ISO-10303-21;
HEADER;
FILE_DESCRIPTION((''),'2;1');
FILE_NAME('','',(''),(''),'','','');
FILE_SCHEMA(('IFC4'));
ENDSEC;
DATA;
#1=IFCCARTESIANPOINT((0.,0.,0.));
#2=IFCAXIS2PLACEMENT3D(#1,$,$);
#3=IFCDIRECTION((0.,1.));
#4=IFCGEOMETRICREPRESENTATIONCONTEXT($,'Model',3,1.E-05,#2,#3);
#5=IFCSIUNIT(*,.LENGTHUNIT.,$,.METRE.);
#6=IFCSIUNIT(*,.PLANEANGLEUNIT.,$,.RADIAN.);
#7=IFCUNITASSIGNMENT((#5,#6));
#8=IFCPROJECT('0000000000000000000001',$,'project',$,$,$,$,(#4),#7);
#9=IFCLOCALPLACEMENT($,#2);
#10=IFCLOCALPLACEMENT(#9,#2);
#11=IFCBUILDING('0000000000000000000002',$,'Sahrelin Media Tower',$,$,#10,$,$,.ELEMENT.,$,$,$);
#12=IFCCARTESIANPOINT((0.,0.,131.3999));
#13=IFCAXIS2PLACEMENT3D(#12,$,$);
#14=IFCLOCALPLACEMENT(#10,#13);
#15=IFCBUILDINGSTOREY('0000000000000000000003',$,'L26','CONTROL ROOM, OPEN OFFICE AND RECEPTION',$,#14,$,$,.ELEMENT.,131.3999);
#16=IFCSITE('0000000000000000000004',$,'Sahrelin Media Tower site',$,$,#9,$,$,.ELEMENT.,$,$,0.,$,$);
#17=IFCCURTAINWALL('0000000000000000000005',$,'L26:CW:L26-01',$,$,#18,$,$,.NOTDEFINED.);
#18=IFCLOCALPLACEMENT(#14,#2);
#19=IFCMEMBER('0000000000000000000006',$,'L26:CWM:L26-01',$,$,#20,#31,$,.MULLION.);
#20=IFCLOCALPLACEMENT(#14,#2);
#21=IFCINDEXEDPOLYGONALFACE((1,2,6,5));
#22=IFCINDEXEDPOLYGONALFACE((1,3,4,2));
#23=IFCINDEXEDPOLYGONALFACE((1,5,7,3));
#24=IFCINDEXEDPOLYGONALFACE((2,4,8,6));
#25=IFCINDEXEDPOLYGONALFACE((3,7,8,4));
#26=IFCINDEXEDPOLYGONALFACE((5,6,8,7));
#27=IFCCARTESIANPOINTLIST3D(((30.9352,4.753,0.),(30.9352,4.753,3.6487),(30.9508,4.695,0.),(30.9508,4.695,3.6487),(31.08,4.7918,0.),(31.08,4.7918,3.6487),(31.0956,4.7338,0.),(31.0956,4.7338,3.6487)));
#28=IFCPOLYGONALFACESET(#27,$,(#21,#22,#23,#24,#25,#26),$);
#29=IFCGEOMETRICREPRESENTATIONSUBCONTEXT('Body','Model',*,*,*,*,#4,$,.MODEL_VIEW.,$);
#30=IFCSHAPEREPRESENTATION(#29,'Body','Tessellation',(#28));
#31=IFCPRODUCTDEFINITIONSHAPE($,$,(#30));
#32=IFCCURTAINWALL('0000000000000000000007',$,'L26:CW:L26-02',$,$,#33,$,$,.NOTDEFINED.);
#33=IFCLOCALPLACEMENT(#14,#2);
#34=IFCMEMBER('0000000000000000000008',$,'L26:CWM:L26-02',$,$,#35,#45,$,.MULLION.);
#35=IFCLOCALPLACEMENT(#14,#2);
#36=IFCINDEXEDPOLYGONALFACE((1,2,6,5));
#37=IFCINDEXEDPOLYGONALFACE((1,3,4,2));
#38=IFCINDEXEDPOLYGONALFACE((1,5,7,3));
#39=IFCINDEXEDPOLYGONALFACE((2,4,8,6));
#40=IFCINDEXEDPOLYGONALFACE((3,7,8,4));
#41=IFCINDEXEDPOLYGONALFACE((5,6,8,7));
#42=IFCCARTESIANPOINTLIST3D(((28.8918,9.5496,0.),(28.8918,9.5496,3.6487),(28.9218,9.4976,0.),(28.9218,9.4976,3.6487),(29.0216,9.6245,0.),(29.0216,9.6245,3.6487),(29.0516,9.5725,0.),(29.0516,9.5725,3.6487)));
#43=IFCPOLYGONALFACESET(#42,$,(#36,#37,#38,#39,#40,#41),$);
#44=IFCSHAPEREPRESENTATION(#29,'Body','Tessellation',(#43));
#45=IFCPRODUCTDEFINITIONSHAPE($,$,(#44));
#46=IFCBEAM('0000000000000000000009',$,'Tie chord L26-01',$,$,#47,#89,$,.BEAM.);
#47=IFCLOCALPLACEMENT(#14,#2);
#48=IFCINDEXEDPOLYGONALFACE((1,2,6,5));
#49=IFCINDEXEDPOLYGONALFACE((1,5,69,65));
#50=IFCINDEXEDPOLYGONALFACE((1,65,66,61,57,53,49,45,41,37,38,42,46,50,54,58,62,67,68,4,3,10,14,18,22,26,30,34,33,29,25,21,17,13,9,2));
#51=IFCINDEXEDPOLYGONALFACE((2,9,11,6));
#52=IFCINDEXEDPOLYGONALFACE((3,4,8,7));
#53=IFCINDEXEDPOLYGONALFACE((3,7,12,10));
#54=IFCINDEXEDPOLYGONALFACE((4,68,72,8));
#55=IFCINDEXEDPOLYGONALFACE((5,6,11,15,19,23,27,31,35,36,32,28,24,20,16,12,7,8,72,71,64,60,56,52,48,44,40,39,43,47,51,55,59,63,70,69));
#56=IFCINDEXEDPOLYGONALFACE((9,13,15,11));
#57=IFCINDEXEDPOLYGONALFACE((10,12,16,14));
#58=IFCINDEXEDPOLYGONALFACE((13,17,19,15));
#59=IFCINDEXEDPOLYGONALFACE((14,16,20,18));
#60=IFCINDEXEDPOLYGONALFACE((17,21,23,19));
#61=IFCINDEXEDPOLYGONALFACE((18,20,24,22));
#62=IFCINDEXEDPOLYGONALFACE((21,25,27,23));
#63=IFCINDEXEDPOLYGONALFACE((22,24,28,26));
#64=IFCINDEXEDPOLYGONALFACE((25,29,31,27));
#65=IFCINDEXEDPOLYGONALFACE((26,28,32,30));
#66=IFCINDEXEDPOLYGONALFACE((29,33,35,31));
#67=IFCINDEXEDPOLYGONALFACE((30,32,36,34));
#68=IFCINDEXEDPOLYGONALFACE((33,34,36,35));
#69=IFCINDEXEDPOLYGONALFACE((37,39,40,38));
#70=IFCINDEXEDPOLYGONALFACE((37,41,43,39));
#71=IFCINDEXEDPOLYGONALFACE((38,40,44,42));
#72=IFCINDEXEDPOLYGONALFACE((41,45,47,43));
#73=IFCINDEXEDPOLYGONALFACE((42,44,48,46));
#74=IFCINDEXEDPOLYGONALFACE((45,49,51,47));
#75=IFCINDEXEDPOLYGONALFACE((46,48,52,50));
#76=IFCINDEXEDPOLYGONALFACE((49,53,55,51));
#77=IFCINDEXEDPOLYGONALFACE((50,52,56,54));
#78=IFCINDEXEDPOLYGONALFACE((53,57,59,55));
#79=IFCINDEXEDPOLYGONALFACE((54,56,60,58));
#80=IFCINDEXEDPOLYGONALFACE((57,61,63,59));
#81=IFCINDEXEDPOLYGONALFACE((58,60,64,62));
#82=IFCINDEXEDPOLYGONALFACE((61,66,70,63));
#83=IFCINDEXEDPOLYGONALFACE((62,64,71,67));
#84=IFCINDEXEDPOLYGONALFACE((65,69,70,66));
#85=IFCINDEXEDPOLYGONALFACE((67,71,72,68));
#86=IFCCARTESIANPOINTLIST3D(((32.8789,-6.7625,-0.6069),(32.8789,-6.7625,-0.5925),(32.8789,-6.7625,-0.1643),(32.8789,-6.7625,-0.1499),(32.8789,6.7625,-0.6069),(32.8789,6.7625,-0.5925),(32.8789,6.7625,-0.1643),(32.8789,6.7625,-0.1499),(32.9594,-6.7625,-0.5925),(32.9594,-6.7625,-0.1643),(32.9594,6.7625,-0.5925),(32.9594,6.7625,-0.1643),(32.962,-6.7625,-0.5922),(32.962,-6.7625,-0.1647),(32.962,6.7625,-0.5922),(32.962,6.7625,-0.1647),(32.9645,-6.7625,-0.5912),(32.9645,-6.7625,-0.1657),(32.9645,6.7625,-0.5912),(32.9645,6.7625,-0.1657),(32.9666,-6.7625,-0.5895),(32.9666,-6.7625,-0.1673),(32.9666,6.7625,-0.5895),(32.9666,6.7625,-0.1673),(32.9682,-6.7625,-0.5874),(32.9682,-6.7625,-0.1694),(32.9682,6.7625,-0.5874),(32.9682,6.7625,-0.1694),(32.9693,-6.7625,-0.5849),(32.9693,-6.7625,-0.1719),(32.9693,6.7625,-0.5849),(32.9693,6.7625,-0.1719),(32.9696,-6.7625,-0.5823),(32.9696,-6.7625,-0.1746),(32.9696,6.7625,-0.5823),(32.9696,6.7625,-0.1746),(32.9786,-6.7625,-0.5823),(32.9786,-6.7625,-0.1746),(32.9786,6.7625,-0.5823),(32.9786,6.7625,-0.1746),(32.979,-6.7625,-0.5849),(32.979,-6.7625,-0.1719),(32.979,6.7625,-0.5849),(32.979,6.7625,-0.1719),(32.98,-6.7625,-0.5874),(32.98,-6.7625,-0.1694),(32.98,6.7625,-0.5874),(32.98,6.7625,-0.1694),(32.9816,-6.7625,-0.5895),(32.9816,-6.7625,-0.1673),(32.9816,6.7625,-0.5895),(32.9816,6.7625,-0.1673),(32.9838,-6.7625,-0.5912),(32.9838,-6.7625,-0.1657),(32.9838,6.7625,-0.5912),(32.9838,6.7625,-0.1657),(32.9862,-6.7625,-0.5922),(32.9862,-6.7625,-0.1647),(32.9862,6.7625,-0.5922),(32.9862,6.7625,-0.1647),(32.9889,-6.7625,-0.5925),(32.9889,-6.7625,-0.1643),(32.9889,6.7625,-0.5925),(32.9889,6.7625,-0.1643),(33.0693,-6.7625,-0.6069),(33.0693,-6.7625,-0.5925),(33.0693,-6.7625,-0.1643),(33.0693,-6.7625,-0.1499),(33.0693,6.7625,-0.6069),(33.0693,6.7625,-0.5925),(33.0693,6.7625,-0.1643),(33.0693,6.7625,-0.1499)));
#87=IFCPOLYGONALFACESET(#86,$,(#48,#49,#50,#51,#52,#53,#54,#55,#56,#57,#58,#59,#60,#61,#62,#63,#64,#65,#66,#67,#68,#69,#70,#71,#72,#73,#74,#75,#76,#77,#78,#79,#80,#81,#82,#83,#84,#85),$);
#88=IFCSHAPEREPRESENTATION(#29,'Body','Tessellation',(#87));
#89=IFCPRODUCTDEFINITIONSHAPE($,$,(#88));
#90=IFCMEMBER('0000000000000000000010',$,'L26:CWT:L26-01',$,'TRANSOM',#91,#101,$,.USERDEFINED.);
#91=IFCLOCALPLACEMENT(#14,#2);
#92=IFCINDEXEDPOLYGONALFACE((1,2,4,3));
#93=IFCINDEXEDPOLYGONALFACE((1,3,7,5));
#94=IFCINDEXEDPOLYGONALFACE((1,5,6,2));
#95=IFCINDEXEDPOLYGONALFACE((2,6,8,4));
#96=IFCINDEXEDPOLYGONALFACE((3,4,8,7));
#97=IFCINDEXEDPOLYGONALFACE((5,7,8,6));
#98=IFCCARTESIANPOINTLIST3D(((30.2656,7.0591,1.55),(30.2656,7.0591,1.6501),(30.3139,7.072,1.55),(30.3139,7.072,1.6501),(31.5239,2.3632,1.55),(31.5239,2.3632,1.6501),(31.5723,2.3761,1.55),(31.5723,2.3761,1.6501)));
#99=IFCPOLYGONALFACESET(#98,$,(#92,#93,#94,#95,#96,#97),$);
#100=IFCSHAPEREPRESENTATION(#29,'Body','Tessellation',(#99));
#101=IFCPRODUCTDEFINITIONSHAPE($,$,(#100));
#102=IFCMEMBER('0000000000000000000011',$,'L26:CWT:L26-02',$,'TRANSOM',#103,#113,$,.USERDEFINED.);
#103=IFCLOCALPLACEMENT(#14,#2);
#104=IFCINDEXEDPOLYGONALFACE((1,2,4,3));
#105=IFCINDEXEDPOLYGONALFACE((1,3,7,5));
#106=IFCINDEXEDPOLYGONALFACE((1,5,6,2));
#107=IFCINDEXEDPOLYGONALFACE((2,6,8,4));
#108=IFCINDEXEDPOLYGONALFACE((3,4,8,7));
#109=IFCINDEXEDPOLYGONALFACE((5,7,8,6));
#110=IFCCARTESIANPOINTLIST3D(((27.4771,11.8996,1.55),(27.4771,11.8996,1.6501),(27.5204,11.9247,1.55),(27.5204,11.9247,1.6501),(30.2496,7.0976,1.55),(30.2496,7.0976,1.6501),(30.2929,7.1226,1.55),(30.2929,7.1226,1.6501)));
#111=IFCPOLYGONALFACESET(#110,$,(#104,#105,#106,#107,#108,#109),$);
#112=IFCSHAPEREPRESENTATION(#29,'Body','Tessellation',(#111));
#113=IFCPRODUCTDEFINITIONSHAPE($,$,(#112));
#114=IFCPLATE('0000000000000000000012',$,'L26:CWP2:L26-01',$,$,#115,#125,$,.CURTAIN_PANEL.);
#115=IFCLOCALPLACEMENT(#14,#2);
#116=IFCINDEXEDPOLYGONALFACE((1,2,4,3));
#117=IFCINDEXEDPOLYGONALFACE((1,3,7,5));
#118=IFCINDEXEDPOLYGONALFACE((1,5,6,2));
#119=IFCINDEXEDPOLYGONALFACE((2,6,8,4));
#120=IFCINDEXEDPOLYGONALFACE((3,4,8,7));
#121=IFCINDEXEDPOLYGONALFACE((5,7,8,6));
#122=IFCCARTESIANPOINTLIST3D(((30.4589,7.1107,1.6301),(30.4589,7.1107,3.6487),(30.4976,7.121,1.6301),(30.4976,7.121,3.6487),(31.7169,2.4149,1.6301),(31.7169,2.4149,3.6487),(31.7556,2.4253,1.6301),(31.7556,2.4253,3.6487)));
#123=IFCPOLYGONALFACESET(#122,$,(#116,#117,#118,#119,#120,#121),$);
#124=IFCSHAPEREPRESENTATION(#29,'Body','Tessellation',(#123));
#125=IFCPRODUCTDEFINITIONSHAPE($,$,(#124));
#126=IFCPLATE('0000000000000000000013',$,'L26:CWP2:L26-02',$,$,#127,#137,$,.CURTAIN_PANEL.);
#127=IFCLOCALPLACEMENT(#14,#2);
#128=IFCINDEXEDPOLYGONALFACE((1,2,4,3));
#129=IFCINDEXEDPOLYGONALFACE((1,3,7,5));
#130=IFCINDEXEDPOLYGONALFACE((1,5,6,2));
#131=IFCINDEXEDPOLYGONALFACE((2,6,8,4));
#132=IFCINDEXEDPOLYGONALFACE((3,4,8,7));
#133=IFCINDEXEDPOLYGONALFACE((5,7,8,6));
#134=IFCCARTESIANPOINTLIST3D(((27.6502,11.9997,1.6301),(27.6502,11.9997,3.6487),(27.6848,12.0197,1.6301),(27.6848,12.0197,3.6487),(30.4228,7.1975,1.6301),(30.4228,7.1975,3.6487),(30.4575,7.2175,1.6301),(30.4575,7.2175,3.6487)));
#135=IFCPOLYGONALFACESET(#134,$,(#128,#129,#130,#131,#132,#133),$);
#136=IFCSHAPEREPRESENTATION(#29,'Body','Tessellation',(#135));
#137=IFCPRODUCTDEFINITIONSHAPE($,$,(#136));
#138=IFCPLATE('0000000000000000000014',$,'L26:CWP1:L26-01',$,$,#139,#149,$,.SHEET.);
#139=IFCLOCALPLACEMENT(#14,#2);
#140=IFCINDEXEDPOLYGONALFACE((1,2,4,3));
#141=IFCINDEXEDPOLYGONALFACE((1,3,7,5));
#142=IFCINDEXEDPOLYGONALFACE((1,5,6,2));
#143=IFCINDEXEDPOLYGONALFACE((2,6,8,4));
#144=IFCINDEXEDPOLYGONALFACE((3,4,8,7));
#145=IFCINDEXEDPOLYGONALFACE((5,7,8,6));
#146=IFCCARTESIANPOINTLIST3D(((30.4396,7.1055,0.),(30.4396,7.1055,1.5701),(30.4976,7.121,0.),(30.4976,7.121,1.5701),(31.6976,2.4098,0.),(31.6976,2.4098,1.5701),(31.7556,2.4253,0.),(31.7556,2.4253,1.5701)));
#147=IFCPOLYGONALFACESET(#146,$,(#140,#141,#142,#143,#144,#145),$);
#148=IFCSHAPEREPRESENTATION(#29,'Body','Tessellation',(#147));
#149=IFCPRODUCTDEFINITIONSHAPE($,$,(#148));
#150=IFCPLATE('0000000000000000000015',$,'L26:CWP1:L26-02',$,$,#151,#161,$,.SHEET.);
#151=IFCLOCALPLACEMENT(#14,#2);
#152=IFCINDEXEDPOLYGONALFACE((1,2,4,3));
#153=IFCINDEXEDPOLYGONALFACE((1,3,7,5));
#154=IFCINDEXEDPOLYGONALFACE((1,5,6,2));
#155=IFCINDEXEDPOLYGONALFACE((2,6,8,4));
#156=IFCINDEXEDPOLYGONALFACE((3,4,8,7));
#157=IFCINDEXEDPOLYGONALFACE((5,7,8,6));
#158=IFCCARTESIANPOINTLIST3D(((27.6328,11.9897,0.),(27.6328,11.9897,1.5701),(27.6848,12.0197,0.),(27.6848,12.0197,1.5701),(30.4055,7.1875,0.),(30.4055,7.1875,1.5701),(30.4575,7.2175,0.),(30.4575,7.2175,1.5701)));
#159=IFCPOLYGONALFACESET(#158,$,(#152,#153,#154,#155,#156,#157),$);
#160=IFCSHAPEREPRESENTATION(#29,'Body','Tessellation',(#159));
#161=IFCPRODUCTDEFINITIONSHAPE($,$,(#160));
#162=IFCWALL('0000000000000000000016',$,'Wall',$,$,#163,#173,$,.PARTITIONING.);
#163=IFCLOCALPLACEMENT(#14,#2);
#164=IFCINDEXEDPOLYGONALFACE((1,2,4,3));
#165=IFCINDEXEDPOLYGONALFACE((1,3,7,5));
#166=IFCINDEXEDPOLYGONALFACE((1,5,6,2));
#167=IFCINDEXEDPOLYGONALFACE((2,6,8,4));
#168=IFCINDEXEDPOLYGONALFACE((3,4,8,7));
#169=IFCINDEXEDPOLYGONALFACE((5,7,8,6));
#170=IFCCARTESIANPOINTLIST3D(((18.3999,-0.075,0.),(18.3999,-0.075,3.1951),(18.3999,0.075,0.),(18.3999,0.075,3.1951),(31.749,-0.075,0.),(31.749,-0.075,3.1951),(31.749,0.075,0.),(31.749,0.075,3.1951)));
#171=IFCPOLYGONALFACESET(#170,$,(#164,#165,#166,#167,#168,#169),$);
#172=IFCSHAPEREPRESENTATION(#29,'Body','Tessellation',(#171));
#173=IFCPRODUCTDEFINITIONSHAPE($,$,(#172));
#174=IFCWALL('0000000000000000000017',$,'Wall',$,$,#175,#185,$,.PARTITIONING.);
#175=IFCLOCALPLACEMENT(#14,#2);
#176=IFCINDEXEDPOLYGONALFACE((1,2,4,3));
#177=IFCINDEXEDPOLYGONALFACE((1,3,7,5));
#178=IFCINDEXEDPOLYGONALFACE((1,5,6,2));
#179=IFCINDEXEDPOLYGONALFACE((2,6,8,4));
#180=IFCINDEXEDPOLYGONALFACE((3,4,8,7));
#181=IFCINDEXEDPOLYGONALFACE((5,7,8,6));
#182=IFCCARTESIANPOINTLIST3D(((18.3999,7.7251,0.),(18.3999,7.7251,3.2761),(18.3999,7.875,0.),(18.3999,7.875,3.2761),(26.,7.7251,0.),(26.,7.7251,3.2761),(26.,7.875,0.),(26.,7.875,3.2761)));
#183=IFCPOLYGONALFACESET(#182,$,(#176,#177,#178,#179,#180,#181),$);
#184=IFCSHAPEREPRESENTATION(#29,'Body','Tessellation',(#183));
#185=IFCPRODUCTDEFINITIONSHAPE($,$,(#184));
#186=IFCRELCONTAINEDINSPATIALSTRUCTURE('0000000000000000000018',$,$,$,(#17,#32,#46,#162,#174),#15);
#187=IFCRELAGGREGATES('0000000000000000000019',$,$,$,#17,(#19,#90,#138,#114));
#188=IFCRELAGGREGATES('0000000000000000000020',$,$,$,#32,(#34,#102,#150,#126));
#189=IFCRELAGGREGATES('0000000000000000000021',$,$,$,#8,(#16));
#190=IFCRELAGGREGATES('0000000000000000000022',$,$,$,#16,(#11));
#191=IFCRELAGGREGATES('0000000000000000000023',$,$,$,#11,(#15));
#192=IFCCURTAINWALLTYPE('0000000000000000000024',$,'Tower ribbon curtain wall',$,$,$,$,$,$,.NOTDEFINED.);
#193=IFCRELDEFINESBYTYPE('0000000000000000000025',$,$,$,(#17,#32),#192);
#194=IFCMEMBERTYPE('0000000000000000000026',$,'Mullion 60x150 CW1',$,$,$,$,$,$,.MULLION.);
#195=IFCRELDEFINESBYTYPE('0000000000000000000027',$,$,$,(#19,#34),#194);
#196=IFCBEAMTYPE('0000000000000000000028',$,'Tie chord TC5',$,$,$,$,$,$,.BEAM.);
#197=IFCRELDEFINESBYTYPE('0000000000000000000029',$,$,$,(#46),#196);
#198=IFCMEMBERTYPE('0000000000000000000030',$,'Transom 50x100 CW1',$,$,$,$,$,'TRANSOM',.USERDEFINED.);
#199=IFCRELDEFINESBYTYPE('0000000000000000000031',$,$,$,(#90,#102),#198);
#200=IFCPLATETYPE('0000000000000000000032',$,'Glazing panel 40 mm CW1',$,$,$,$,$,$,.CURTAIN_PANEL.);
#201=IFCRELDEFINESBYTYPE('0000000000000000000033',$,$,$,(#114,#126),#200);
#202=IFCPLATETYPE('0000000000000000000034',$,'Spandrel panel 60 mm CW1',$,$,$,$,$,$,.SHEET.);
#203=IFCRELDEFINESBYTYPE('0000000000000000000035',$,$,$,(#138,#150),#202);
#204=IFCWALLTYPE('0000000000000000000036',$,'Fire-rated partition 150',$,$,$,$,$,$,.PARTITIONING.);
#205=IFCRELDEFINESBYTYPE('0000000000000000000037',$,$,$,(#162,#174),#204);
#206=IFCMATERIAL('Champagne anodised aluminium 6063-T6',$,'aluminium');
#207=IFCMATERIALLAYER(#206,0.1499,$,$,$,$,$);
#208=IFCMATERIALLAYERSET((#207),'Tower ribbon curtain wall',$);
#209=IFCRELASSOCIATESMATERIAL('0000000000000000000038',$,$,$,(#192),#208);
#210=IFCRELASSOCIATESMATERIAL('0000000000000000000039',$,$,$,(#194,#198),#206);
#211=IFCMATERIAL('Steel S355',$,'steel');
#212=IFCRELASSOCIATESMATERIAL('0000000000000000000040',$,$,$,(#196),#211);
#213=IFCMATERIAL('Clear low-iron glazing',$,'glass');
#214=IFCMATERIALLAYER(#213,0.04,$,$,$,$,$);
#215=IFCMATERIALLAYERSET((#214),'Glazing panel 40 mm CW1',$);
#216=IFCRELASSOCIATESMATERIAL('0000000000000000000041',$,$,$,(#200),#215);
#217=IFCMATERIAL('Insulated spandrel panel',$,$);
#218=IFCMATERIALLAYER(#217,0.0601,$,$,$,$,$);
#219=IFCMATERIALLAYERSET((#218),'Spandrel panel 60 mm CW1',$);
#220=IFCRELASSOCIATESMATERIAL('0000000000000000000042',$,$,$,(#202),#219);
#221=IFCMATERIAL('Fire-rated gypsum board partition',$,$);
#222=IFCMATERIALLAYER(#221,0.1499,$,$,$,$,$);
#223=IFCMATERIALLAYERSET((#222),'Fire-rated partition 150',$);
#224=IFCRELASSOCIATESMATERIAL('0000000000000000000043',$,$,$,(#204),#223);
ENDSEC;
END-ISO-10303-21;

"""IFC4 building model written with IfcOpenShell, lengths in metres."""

from ifc_helpers import new_model, si_unit, direction, frame, frame_2d, origin, origin_2d, place, context, subcontext, project, spatial, polyline, rectangle, i_section, outline, extrude, material, layer, layer_set, material_profile, profile_set, type_object, element, aggregate, save


model = new_model("IFC4")

# Units and contexts
model_context = context("Model", 3, precision=1e-05, world=origin(), true_north=direction((0.0, 1.0)))
body_context = subcontext(model_context, "Body", "Model", "MODEL_VIEW")
ifc_project = project(units=[si_unit("LENGTHUNIT", "METRE"), si_unit("PLANEANGLEUNIT", "RADIAN")], contexts=[model_context])

# Site, building, storey
site_placement = place(None, origin())
site = spatial("IfcSite", under=ifc_project, at=site_placement, Name="Sahrelin Media Tower site", CompositionType="ELEMENT", RefElevation=0.0)
building_placement = place(site_placement, origin())
building = spatial("IfcBuilding", under=site, at=building_placement, Name="Sahrelin Media Tower", CompositionType="ELEMENT")
storey_placement = place(building_placement, frame((0.0, 0.0, 131.3999)))
storey = spatial("IfcBuildingStorey", under=building, at=storey_placement, Name="L26", Description="CONTROL ROOM, OPEN OFFICE AND RECEPTION", CompositionType="ELEMENT", Elevation=131.3999)

# Shared definitions
ifc_material_1 = material(Name="Steel S355", Category="steel")

# Curtain walls, members
ifc_material_2 = material(Name="Champagne anodised aluminium 6063-T6", Category="aluminium")
ifc_layer_1 = layer(ifc_material_2, 0.1499)
ifc_layer_set_1 = layer_set([ifc_layer_1], Name="Tower ribbon curtain wall")
curtain_wall_type = type_object("IfcCurtainWallType", Name="Tower ribbon curtain wall", PredefinedType="NOTDEFINED", material=ifc_layer_set_1)
ifc_material_profile_1 = material_profile(ifc_material_2, rectangle(XDim=0.0601, YDim=0.1499, at=origin_2d()), Name="Mullion 60x150")
ifc_profile_set_1 = profile_set([ifc_material_profile_1], Name="Champagne anodised aluminium 6063-T6")
member_type_1 = type_object("IfcMemberType", Name="Mullion 60x150 CW1", PredefinedType="MULLION", material=ifc_profile_set_1)
curtain_wall_1_placement = place(storey_placement, frame((31.1074, 4.7681, 0.0), z_axis=(0.0, 0.0, 1.0), x_axis=(1.0, 0.0, 0.0)))
curtain_wall_1 = element("IfcCurtainWall", 1, at=curtain_wall_1_placement, inside=storey, type_object=curtain_wall_type, Name="L26:CW:L26-01", PredefinedType="NOTDEFINED")
member_1_placement = place(storey_placement, frame((31.0154, 4.7434, 0.0), z_axis=(0.0, 0.0, 1.0), x_axis=(-0.258821, 0.965925, 0.0)))
member_1 = element("IfcMember", 2, at=member_1_placement, type_object=member_type_1, Name="L26:CWM:L26-01", PredefinedType="MULLION", context=body_context, shape_type="SweptSolid", body=[
    extrude(rectangle(XDim=0.0601, YDim=0.1499, at=origin_2d()), origin(), (0.0, 0.0, 1.0), 3.6487),
])
curtain_wall_2_placement = place(storey_placement, frame((29.054, 9.6086, 0.0), z_axis=(0.0, 0.0, 1.0), x_axis=(1.0, 0.0, 0.0)))
curtain_wall_2 = element("IfcCurtainWall", 3, at=curtain_wall_2_placement, inside=storey, type_object=curtain_wall_type, Name="L26:CW:L26-02", PredefinedType="NOTDEFINED")
member_2_placement = place(storey_placement, frame((28.9717, 9.561, 0.0), z_axis=(0.0, 0.0, 1.0), x_axis=(-0.500006, 0.866022, 0.0)))
member_2 = element("IfcMember", 4, at=member_2_placement, type_object=member_type_1, Name="L26:CWM:L26-02", PredefinedType="MULLION", context=body_context, shape_type="SweptSolid", body=[
    extrude(rectangle(XDim=0.0601, YDim=0.1499, at=origin_2d()), origin(), (0.0, 0.0, 1.0), 3.6487),
])

# Beam
ifc_material_profile_2 = material_profile(ifc_material_1, i_section(OverallWidth=0.1904, OverallDepth=0.457, WebThickness=0.009, FlangeThickness=0.0144, FilletRadius=0.0103, at=origin_2d()), Name="UB 457x191x74")
ifc_profile_set_2 = profile_set([ifc_material_profile_2], Name="Steel S355")
beam_type_1 = type_object("IfcBeamType", Name="Tie chord TC5", PredefinedType="BEAM", material=ifc_profile_set_2)
beam_1_placement = place(storey_placement, frame((32.9741, 6.7625, -0.3784), z_axis=(0.0, -1.0, 0.0), x_axis=(1.0, 0.0, 0.0)))
element("IfcBeam", 5, at=beam_1_placement, inside=storey, type_object=beam_type_1, Name="Tie chord L26-01", PredefinedType="BEAM", context=body_context, shape_type="SweptSolid", body=[
    extrude(i_section(OverallWidth=0.1904, OverallDepth=0.457, WebThickness=0.009, FlangeThickness=0.0144, FilletRadius=0.0103, at=origin_2d()), origin(), (0.0, 0.0, 1.0), 13.5249),
])

# Members
ifc_material_profile_3 = material_profile(ifc_material_2, rectangle(XDim=0.05, YDim=0.1001, at=origin_2d()), Name="Transom 50x100")
ifc_profile_set_3 = profile_set([ifc_material_profile_3], Name="Champagne anodised aluminium 6063-T6")
member_type_2 = type_object("IfcMemberType", Name="Transom 50x100 CW1", ElementType="TRANSOM", PredefinedType="USERDEFINED", material=ifc_profile_set_3)
member_3_placement = place(storey_placement, frame((31.5481, 2.3696, 1.6001), z_axis=(-0.258831, 0.965922, 0.0), x_axis=(-0.965922, -0.258831, 0.0)))
member_3 = element("IfcMember", 6, at=member_3_placement, type_object=member_type_2, Name="L26:CWT:L26-01", ObjectType="TRANSOM", PredefinedType="USERDEFINED", context=body_context, shape_type="SweptSolid", body=[
    extrude(rectangle(XDim=0.05, YDim=0.1001, at=origin_2d()), origin(), (0.0, 0.0, 1.0), 4.8616),
])
member_4_placement = place(storey_placement, frame((30.2712, 7.1101, 1.6001), z_axis=(-0.500003, 0.866024, 0.0), x_axis=(-0.866024, -0.500003, 0.0)))
member_4 = element("IfcMember", 7, at=member_4_placement, type_object=member_type_2, Name="L26:CWT:L26-02", ObjectType="TRANSOM", PredefinedType="USERDEFINED", context=body_context, shape_type="SweptSolid", body=[
    extrude(rectangle(XDim=0.05, YDim=0.1001, at=origin_2d()), origin(), (0.0, 0.0, 1.0), 5.5449),
])

# Plates
ifc_material_3 = material(Name="Clear low-iron glazing", Category="glass")
ifc_layer_2 = layer(ifc_material_3, 0.04)
ifc_layer_set_2 = layer_set([ifc_layer_2], Name="Glazing panel 40 mm CW1")
plate_type_1 = type_object("IfcPlateType", Name="Glazing panel 40 mm CW1", PredefinedType="CURTAIN_PANEL", material=ifc_layer_set_2)
plate_1_placement = place(storey_placement, frame((31.7556, 2.4253, 1.6301), z_axis=(0.965935, 0.258785, 0.0), x_axis=(-0.258785, 0.965935, 0.0)))
plate_1 = element("IfcPlate", 8, at=plate_1_placement, type_object=plate_type_1, Name="L26:CWP2:L26-01", PredefinedType="CURTAIN_PANEL", context=body_context, shape_type="SweptSolid", body=[
    extrude(outline(polyline([(0.0, 0.0), (4.8613, 0.0), (4.8613, 2.0186), (0.0, 2.0186), (0.0, 0.0)])), origin(), (0.0, 0.0, -1.0), 0.04),
])
plate_2_placement = place(storey_placement, frame((30.4575, 7.2175, 1.6301), z_axis=(0.866015, 0.500017, 0.0), x_axis=(-0.500017, 0.866015, 0.0)))
plate_2 = element("IfcPlate", 9, at=plate_2_placement, type_object=plate_type_1, Name="L26:CWP2:L26-02", PredefinedType="CURTAIN_PANEL", context=body_context, shape_type="SweptSolid", body=[
    extrude(outline(polyline([(0.0, 0.0), (5.5452, 0.0), (5.5452, 2.0186), (0.0, 2.0186), (0.0, 0.0)])), origin(), (0.0, 0.0, -1.0), 0.04),
])
ifc_material_4 = material(Name="Insulated spandrel panel")
ifc_layer_3 = layer(ifc_material_4, 0.0601)
ifc_layer_set_3 = layer_set([ifc_layer_3], Name="Spandrel panel 60 mm CW1")
plate_type_2 = type_object("IfcPlateType", Name="Spandrel panel 60 mm CW1", PredefinedType="SHEET", material=ifc_layer_set_3)
plate_3_placement = place(storey_placement, frame((31.7556, 2.4253, 0.0), z_axis=(0.965935, 0.258785, 0.0), x_axis=(-0.258785, 0.965935, 0.0)))
plate_3 = element("IfcPlate", 10, at=plate_3_placement, type_object=plate_type_2, Name="L26:CWP1:L26-01", PredefinedType="SHEET", context=body_context, shape_type="SweptSolid", body=[
    extrude(outline(polyline([(0.0, 0.0), (4.8613, 0.0), (4.8613, 1.5701), (0.0, 1.5701), (0.0, 0.0)])), origin(), (0.0, 0.0, -1.0), 0.0601),
])
aggregate(curtain_wall_1, [member_1, member_3, plate_3, plate_1])
plate_4_placement = place(storey_placement, frame((30.4575, 7.2175, 0.0), z_axis=(0.866015, 0.500017, 0.0), x_axis=(-0.500017, 0.866015, 0.0)))
plate_4 = element("IfcPlate", 11, at=plate_4_placement, type_object=plate_type_2, Name="L26:CWP1:L26-02", PredefinedType="SHEET", context=body_context, shape_type="SweptSolid", body=[
    extrude(outline(polyline([(0.0, 0.0), (5.5452, 0.0), (5.5452, 1.5701), (0.0, 1.5701), (0.0, 0.0)])), origin(), (0.0, 0.0, -1.0), 0.0601),
])
aggregate(curtain_wall_2, [member_2, member_4, plate_4, plate_2])

# Walls
ifc_material_5 = material(Name="Fire-rated gypsum board partition")
ifc_layer_4 = layer(ifc_material_5, 0.1499)
ifc_layer_set_4 = layer_set([ifc_layer_4], Name="Fire-rated partition 150")
wall_type_1 = type_object("IfcWallType", Name="Fire-rated partition 150", PredefinedType="PARTITIONING", material=ifc_layer_set_4)
wall_1_placement = place(storey_placement, frame((18.3999, 0.0, 0.0), z_axis=(0.0, 0.0, 1.0), x_axis=(1.0, 0.0, 0.0)))
element("IfcWall", 12, at=wall_1_placement, inside=storey, type_object=wall_type_1, Name="Wall", PredefinedType="PARTITIONING", context=body_context, shape_type="SweptSolid", body=[
    extrude(rectangle(XDim=13.3491, YDim=0.1499, at=frame_2d((6.6746, 0.0))), origin(), (0.0, 0.0, 1.0), 3.1951),
])
wall_2_placement = place(storey_placement, frame((18.3999, 7.8, 0.0), z_axis=(0.0, 0.0, 1.0), x_axis=(1.0, 0.0, 0.0)))
element("IfcWall", 13, at=wall_2_placement, inside=storey, type_object=wall_type_1, Name="Wall", PredefinedType="PARTITIONING", context=body_context, shape_type="SweptSolid", body=[
    extrude(rectangle(XDim=7.6001, YDim=0.1499, at=frame_2d((3.8, 0.0))), origin(), (0.0, 0.0, 1.0), 3.2761),
])

save(model, "model.ifc")
